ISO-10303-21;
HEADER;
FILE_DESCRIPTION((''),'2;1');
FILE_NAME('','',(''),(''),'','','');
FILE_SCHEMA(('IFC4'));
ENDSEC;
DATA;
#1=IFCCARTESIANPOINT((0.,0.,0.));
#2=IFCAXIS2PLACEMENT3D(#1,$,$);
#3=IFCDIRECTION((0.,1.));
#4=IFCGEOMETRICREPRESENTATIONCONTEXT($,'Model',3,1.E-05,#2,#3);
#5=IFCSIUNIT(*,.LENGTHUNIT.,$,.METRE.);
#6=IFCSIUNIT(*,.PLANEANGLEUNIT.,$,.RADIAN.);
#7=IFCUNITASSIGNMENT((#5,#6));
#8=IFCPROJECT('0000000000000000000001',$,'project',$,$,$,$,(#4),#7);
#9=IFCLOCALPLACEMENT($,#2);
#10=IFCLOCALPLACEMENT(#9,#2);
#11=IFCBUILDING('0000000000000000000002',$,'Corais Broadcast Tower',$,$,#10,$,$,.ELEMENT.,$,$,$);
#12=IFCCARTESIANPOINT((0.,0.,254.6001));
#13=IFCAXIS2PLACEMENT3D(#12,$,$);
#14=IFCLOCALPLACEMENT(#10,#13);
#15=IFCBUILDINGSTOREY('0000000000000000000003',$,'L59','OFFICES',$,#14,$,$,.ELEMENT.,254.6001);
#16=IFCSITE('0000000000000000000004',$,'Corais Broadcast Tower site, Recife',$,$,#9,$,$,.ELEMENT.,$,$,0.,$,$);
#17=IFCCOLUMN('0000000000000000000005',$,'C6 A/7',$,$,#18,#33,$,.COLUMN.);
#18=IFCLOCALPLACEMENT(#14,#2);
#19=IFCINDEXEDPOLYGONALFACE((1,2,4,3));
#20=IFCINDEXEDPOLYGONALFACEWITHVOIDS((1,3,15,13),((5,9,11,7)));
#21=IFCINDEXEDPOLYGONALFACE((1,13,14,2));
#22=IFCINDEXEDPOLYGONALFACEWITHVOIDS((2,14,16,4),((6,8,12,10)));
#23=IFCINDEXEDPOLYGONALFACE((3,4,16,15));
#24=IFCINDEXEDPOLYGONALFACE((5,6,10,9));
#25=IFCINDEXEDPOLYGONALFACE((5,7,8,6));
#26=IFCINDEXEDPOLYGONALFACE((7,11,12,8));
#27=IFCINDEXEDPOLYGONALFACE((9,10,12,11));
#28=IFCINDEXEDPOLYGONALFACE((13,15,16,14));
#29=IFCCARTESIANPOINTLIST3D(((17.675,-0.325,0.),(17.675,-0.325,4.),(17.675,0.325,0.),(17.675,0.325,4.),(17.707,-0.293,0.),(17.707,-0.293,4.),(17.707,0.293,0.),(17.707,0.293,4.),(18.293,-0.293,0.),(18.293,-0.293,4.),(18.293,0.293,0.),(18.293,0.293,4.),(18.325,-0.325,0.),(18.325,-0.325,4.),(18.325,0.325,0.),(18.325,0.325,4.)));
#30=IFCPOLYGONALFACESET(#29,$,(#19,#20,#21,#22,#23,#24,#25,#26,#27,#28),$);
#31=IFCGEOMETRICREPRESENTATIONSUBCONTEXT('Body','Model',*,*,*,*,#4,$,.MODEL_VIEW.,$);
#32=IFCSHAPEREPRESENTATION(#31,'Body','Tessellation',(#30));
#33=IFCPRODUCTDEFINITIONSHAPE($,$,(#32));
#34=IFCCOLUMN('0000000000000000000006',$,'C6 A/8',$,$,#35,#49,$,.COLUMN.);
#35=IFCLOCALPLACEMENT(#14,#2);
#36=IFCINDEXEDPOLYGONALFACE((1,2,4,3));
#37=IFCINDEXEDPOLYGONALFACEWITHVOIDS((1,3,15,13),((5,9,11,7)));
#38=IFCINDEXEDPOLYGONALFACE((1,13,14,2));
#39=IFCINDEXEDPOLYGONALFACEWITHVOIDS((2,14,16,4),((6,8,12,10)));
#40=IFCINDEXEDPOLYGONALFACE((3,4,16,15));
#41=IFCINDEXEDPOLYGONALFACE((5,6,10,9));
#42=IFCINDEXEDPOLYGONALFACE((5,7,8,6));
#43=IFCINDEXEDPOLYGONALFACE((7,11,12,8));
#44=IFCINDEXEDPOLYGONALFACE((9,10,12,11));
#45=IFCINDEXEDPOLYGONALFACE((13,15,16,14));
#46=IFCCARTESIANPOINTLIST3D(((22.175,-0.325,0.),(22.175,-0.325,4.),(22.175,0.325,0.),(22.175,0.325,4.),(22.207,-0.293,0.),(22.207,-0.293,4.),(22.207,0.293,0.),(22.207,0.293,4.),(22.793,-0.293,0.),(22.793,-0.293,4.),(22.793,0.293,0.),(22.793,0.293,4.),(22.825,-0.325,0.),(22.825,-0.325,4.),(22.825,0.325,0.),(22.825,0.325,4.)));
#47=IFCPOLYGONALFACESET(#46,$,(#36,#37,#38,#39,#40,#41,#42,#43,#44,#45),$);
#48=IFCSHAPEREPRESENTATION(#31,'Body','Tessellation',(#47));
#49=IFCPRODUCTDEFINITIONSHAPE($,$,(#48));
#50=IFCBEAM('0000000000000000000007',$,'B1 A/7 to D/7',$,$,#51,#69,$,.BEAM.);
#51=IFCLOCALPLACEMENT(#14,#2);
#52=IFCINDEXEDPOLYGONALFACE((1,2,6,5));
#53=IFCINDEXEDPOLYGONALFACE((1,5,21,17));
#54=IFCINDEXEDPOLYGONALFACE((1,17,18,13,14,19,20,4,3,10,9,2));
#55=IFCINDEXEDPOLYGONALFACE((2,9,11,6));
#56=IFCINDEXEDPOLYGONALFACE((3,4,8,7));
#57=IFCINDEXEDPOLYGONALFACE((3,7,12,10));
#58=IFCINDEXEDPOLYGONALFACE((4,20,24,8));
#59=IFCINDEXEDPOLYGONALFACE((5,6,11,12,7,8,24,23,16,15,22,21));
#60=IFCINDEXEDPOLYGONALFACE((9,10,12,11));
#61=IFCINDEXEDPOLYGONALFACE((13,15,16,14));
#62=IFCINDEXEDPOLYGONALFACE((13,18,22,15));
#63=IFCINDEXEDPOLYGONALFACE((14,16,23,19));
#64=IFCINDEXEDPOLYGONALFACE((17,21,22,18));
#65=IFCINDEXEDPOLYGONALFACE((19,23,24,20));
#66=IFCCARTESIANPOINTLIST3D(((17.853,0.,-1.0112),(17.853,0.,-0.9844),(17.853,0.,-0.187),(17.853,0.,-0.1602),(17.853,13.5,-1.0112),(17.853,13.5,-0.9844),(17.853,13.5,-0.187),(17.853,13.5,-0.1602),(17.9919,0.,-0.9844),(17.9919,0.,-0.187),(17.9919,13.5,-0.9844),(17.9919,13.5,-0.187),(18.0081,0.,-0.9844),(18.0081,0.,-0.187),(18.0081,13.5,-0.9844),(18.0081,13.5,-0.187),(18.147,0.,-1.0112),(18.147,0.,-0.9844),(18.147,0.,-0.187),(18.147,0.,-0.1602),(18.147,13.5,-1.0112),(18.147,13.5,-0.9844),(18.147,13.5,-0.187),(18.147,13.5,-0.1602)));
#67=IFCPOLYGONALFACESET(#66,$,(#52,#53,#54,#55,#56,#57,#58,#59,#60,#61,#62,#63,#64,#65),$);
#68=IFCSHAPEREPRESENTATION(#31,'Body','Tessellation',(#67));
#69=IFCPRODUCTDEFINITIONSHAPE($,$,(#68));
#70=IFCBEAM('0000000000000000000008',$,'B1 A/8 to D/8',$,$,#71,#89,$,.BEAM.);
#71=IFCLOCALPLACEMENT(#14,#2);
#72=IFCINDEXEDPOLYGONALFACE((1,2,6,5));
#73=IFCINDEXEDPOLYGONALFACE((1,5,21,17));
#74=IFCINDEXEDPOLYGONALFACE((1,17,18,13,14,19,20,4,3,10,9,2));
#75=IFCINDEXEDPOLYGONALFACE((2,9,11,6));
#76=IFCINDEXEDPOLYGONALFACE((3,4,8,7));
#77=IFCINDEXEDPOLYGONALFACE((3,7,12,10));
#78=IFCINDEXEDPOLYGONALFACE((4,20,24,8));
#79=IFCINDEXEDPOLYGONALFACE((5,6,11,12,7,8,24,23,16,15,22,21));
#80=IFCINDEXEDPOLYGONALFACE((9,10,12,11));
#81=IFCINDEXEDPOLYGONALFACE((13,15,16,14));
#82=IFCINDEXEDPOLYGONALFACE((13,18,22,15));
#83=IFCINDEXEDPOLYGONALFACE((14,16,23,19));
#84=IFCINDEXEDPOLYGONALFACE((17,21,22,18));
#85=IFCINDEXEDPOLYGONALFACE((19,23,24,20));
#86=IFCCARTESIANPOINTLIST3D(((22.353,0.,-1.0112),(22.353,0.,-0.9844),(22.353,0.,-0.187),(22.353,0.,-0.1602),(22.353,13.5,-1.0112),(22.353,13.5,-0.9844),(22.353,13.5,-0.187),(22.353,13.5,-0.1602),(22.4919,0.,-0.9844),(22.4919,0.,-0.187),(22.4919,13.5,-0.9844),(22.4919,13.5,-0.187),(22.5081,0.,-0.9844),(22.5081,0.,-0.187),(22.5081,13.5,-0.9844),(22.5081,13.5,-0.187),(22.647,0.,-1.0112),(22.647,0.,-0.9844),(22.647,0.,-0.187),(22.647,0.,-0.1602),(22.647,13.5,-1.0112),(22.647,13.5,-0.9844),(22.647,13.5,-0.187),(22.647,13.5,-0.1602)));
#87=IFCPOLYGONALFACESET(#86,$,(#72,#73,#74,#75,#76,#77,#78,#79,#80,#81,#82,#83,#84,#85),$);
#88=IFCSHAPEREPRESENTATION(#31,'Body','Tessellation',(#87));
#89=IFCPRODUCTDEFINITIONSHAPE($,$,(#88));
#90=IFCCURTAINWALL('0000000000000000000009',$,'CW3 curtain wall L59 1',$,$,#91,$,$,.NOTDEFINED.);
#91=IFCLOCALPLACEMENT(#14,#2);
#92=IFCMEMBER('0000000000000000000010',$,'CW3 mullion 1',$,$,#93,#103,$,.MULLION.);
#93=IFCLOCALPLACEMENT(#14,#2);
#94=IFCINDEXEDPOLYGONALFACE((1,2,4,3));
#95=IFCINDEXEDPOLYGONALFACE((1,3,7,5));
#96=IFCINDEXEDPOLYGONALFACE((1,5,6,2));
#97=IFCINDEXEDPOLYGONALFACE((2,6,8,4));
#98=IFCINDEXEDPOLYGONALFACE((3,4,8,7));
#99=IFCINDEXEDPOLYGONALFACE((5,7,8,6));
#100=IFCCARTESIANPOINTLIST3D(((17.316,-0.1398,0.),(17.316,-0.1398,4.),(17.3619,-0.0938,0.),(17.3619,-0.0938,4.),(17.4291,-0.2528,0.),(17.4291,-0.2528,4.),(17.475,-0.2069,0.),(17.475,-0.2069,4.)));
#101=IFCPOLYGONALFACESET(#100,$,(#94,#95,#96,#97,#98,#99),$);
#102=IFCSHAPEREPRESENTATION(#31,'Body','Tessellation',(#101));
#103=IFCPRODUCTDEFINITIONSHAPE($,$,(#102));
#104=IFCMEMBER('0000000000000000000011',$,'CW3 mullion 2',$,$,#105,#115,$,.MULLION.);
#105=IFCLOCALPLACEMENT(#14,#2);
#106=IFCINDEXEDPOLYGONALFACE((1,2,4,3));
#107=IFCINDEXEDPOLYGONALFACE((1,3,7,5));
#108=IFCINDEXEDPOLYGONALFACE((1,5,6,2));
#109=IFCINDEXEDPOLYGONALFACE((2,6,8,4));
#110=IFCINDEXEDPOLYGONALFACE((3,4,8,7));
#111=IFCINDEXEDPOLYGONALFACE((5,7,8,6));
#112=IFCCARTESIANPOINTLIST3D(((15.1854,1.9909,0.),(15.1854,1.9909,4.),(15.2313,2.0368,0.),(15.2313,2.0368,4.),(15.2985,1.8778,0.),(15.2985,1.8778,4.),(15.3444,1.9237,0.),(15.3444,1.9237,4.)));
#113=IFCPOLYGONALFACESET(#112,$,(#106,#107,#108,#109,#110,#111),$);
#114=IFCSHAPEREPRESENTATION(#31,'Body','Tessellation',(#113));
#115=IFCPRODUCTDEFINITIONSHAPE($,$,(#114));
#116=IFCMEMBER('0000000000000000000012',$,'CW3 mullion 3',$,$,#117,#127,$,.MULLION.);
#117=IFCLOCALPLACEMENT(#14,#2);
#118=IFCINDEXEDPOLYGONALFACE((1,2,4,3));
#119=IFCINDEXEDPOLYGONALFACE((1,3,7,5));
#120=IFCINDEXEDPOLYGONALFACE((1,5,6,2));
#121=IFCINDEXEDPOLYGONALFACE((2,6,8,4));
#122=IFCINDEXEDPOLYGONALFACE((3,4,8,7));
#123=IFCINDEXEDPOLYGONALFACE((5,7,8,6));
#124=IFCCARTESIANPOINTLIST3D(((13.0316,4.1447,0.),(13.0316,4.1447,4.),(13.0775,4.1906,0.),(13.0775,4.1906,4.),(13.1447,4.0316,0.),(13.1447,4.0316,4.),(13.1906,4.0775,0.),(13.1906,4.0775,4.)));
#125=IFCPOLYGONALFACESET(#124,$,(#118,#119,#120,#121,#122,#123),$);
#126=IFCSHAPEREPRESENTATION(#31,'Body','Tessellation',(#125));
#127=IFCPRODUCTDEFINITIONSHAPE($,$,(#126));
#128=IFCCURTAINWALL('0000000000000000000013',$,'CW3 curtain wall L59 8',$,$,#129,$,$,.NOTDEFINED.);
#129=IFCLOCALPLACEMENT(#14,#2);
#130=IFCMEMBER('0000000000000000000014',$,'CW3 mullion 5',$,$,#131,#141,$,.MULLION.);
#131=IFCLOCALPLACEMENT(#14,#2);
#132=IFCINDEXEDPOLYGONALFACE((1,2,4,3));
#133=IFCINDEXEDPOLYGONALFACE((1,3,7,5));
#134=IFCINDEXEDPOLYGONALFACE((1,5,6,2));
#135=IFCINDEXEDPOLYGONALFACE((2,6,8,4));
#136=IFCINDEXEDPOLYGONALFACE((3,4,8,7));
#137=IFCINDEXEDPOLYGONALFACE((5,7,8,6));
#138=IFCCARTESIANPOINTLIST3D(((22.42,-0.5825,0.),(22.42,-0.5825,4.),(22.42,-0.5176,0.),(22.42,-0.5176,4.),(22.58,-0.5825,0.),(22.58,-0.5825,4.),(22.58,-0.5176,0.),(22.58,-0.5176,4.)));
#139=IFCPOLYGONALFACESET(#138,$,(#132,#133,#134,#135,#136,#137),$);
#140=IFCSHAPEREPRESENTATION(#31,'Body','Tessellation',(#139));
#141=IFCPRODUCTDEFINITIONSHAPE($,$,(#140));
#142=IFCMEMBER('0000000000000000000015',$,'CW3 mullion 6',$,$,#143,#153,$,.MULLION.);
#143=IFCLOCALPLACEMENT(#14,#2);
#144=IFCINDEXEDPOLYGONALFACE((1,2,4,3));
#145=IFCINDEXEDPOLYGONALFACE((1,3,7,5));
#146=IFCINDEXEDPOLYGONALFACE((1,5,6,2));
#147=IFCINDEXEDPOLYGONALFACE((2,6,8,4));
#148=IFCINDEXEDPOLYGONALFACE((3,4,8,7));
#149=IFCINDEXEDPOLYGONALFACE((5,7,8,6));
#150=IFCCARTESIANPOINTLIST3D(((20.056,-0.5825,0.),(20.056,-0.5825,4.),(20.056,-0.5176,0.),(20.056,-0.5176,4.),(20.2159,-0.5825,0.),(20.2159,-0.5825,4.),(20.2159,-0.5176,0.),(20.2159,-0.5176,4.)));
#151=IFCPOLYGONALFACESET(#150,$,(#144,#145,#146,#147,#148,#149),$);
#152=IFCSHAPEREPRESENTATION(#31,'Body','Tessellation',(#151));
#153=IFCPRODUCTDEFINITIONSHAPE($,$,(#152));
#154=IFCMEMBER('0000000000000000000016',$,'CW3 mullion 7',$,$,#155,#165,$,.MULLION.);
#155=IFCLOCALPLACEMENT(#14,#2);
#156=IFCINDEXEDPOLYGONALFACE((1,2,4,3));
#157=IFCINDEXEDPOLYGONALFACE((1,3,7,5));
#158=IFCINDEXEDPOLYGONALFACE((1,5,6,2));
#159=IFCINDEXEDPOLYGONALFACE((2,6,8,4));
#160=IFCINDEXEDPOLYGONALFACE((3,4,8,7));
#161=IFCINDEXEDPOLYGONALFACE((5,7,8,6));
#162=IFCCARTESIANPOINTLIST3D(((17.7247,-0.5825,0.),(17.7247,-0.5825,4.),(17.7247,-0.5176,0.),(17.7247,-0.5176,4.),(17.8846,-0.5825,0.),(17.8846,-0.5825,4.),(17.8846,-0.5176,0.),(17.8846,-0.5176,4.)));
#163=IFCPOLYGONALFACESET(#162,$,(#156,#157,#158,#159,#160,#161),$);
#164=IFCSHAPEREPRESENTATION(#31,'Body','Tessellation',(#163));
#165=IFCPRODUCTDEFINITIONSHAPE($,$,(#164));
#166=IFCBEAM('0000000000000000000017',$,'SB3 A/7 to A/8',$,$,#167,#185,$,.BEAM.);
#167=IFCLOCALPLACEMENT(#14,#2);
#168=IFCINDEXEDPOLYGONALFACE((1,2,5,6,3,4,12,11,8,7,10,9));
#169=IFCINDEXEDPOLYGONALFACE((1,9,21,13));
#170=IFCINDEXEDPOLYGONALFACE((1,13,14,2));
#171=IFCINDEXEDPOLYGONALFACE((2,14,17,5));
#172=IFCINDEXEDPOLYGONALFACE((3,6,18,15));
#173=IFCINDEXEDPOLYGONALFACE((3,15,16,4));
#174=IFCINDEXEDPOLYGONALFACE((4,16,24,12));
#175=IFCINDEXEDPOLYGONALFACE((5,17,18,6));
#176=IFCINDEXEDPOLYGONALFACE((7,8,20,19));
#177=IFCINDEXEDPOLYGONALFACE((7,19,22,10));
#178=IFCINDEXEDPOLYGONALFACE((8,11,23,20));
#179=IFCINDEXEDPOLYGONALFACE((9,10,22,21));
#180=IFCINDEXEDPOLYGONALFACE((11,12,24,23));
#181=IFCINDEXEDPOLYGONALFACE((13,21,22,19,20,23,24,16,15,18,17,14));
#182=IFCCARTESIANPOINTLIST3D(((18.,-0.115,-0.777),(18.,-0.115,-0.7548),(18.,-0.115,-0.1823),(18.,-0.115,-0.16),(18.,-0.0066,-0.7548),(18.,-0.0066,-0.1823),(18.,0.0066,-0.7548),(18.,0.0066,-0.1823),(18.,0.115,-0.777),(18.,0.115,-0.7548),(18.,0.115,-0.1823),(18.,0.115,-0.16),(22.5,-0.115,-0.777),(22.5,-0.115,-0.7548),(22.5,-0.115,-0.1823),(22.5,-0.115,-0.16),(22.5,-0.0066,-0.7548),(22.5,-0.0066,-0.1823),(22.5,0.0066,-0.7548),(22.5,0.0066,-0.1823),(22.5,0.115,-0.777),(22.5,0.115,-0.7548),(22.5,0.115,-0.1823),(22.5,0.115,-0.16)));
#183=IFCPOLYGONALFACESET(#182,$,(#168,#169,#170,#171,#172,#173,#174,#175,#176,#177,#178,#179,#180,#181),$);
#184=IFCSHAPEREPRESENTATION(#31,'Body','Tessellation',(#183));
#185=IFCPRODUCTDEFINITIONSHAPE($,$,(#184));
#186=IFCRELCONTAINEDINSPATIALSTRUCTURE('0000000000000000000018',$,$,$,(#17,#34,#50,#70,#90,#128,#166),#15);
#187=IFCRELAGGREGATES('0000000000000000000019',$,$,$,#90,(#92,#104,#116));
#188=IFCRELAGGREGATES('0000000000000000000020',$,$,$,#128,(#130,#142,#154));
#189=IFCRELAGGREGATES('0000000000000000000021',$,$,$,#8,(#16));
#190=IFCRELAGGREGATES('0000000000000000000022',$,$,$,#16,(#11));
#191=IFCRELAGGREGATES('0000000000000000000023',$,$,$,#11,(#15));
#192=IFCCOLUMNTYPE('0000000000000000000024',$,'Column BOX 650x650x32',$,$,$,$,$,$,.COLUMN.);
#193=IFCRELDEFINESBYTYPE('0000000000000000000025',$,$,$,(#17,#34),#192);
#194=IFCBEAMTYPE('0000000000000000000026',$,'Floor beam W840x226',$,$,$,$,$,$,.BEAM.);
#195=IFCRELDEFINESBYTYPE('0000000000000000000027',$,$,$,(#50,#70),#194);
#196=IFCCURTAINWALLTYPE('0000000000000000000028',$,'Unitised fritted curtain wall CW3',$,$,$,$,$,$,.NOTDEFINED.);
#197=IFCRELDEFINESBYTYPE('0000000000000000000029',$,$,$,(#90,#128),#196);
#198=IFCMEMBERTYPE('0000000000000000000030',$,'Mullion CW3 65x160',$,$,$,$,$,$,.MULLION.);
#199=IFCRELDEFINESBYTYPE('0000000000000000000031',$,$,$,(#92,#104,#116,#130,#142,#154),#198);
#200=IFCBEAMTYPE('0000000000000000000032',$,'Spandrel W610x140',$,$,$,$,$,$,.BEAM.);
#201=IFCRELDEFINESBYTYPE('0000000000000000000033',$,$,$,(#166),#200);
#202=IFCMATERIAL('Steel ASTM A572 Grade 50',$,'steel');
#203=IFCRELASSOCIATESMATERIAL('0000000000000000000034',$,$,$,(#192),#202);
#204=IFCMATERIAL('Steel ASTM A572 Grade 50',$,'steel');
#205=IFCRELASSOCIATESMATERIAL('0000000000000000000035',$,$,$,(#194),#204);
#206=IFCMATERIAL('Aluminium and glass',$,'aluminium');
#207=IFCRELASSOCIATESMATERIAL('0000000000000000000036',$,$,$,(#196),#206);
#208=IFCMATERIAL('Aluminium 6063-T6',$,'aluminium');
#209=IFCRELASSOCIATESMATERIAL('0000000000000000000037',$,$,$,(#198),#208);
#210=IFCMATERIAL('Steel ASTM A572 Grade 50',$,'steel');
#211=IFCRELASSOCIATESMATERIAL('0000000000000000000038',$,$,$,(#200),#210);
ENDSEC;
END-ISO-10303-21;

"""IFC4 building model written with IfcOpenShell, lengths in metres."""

from ifc_helpers import new_model, si_unit, direction, frame, origin, origin_2d, place, context, subcontext, project, spatial, rectangle, hollow_rectangle, i_section, extrude, material, material_profile, profile_set, type_object, element, aggregate, save


model = new_model("IFC4")

# Units and contexts
model_context = context("Model", 3, precision=1e-05, world=origin(), true_north=direction((0.0, 1.0)))
body_context = subcontext(model_context, "Body", "Model", "MODEL_VIEW")
ifc_project = project(units=[si_unit("LENGTHUNIT", "METRE"), si_unit("PLANEANGLEUNIT", "RADIAN")], contexts=[model_context])

# Site, building, storey
site_placement = place(None, origin())
site = spatial("IfcSite", under=ifc_project, at=site_placement, Name="Corais Broadcast Tower site, Recife", CompositionType="ELEMENT", RefElevation=0.0)
building_placement = place(site_placement, origin())
building = spatial("IfcBuilding", under=site, at=building_placement, Name="Corais Broadcast Tower", CompositionType="ELEMENT")
storey_placement = place(building_placement, frame((0.0, 0.0, 254.6001)))
storey = spatial("IfcBuildingStorey", under=building, at=storey_placement, Name="L59", Description="OFFICES", CompositionType="ELEMENT", Elevation=254.6001)

# Columns
ifc_material_1 = material(Name="Steel ASTM A572 Grade 50", Category="steel")
ifc_material_profile_1 = material_profile(ifc_material_1, hollow_rectangle(XDim=0.6499, YDim=0.6499, WallThickness=0.032, at=origin_2d()), Name="BOX 650x650x32")
ifc_profile_set_1 = profile_set([ifc_material_profile_1], Name="Steel ASTM A572 Grade 50")
column_type = type_object("IfcColumnType", Name="Column BOX 650x650x32", PredefinedType="COLUMN", material=ifc_profile_set_1)
for number, where, z_axis, x_axis, name in (
    (1, (18.0, 0.0, 0.0), (0.0, 0.0, 1.0), (1.0, 0.0, 0.0), "C6 A/7"),
    (2, (22.5, 0.0, 0.0), (0.0, 0.0, 1.0), (1.0, 0.0, 0.0), "C6 A/8"),
):
    element("IfcColumn", number, at=place(storey_placement, frame(where, z_axis=z_axis, x_axis=x_axis)), inside=storey, type_object=column_type, Name=name, PredefinedType="COLUMN", context=body_context, shape_type="SweptSolid", body=[
        extrude(hollow_rectangle(XDim=0.6499, YDim=0.6499, WallThickness=0.032, at=origin_2d()), origin(), (0.0, 0.0, 1.0), 4.0),
    ])

# Beams
ifc_material_2 = material(Name="Steel ASTM A572 Grade 50", Category="steel")
ifc_material_profile_2 = material_profile(ifc_material_2, i_section(OverallWidth=0.2939, OverallDepth=0.8511, WebThickness=0.0161, FlangeThickness=0.0269, at=origin_2d()), Name="W840x226")
ifc_profile_set_2 = profile_set([ifc_material_profile_2], Name="Steel ASTM A572 Grade 50")
beam_type_1 = type_object("IfcBeamType", Name="Floor beam W840x226", PredefinedType="BEAM", material=ifc_profile_set_2)
for number, where, z_axis, x_axis, name in (
    (3, (18.0, 0.0, -0.5857), (0.0, 1.0, 0.0), (-1.0, 0.0, 0.0), "B1 A/7 to D/7"),
    (4, (22.5, 0.0, -0.5857), (0.0, 1.0, 0.0), (-1.0, 0.0, 0.0), "B1 A/8 to D/8"),
):
    element("IfcBeam", number, at=place(storey_placement, frame(where, z_axis=z_axis, x_axis=x_axis)), inside=storey, type_object=beam_type_1, Name=name, PredefinedType="BEAM", context=body_context, shape_type="SweptSolid", body=[
        extrude(i_section(OverallWidth=0.2939, OverallDepth=0.8511, WebThickness=0.0161, FlangeThickness=0.0269, at=origin_2d()), origin(), (0.0, 0.0, 1.0), 13.5),
    ])

# Curtain walls, members
ifc_material_3 = material(Name="Aluminium and glass", Category="aluminium")
curtain_wall_type = type_object("IfcCurtainWallType", Name="Unitised fritted curtain wall CW3", PredefinedType="NOTDEFINED", material=ifc_material_3)
curtain_wall_1_placement = place(storey_placement, origin())
curtain_wall_1 = element("IfcCurtainWall", 5, at=curtain_wall_1_placement, inside=storey, type_object=curtain_wall_type, Name="CW3 curtain wall L59 1", PredefinedType="NOTDEFINED")
ifc_material_4 = material(Name="Aluminium 6063-T6", Category="aluminium")
ifc_material_profile_3 = material_profile(ifc_material_4, rectangle(XDim=0.0649, YDim=0.1599, at=origin_2d()), Name="Mullion CW3 65x160")
ifc_profile_set_3 = profile_set([ifc_material_profile_3], Name="Aluminium 6063-T6")
member_type_1 = type_object("IfcMemberType", Name="Mullion CW3 65x160", PredefinedType="MULLION", material=ifc_profile_set_3)
member_1_placement = place(storey_placement, frame((17.3955, -0.1733, 0.0), z_axis=(0.0, 0.0, 1.0), x_axis=(-0.707107, -0.707107, 0.0)))
member_1 = element("IfcMember", 6, at=member_1_placement, type_object=member_type_1, Name="CW3 mullion 1", PredefinedType="MULLION", context=body_context, shape_type="SweptSolid", body=[
    extrude(rectangle(XDim=0.0649, YDim=0.1599, at=origin_2d()), origin(), (0.0, 0.0, 1.0), 4.0),
])
member_2_placement = place(storey_placement, frame((15.2649, 1.9573, 0.0), z_axis=(0.0, 0.0, 1.0), x_axis=(-0.707107, -0.707107, 0.0)))
member_2 = element("IfcMember", 7, at=member_2_placement, type_object=member_type_1, Name="CW3 mullion 2", PredefinedType="MULLION", context=body_context, shape_type="SweptSolid", body=[
    extrude(rectangle(XDim=0.0649, YDim=0.1599, at=origin_2d()), origin(), (0.0, 0.0, 1.0), 4.0),
])
member_3_placement = place(storey_placement, frame((13.1111, 4.1111, 0.0), z_axis=(0.0, 0.0, 1.0), x_axis=(-0.707107, -0.707107, 0.0)))
member_3 = element("IfcMember", 8, at=member_3_placement, type_object=member_type_1, Name="CW3 mullion 3", PredefinedType="MULLION", context=body_context, shape_type="SweptSolid", body=[
    extrude(rectangle(XDim=0.0649, YDim=0.1599, at=origin_2d()), origin(), (0.0, 0.0, 1.0), 4.0),
])
curtain_wall_2_placement = place(storey_placement, origin())
curtain_wall_2 = element("IfcCurtainWall", 9, at=curtain_wall_2_placement, inside=storey, type_object=curtain_wall_type, Name="CW3 curtain wall L59 8", PredefinedType="NOTDEFINED")
member_4_placement = place(storey_placement, frame((22.5, -0.55, 0.0), z_axis=(0.0, 0.0, 1.0), x_axis=(0.0, -1.0, 0.0)))
member_4 = element("IfcMember", 10, at=member_4_placement, type_object=member_type_1, Name="CW3 mullion 5", PredefinedType="MULLION", context=body_context, shape_type="SweptSolid", body=[
    extrude(rectangle(XDim=0.0649, YDim=0.1599, at=origin_2d()), origin(), (0.0, 0.0, 1.0), 4.0),
])
member_5_placement = place(storey_placement, frame((20.136, -0.55, 0.0), z_axis=(0.0, 0.0, 1.0), x_axis=(0.0, -1.0, 0.0)))
member_5 = element("IfcMember", 11, at=member_5_placement, type_object=member_type_1, Name="CW3 mullion 6", PredefinedType="MULLION", context=body_context, shape_type="SweptSolid", body=[
    extrude(rectangle(XDim=0.0649, YDim=0.1599, at=origin_2d()), origin(), (0.0, 0.0, 1.0), 4.0),
])
member_6_placement = place(storey_placement, frame((17.8047, -0.55, 0.0), z_axis=(0.0, 0.0, 1.0), x_axis=(0.0, -1.0, 0.0)))
member_6 = element("IfcMember", 12, at=member_6_placement, type_object=member_type_1, Name="CW3 mullion 7", PredefinedType="MULLION", context=body_context, shape_type="SweptSolid", body=[
    extrude(rectangle(XDim=0.0649, YDim=0.1599, at=origin_2d()), origin(), (0.0, 0.0, 1.0), 4.0),
])

# Beam
ifc_material_5 = material(Name="Steel ASTM A572 Grade 50", Category="steel")
ifc_material_profile_4 = material_profile(ifc_material_5, i_section(OverallWidth=0.23, OverallDepth=0.6169, WebThickness=0.0132, FlangeThickness=0.0222, at=origin_2d()), Name="W610x140")
ifc_profile_set_4 = profile_set([ifc_material_profile_4], Name="Steel ASTM A572 Grade 50")
beam_type_2 = type_object("IfcBeamType", Name="Spandrel W610x140", PredefinedType="BEAM", material=ifc_profile_set_4)
for number, where, z_axis, x_axis, name in (
    (13, (18.0, 0.0, -0.4685), (1.0, 0.0, 0.0), (0.0, 1.0, 0.0), "SB3 A/7 to A/8"),
):
    element("IfcBeam", number, at=place(storey_placement, frame(where, z_axis=z_axis, x_axis=x_axis)), inside=storey, type_object=beam_type_2, Name=name, PredefinedType="BEAM", context=body_context, shape_type="SweptSolid", body=[
        extrude(i_section(OverallWidth=0.23, OverallDepth=0.6169, WebThickness=0.0132, FlangeThickness=0.0222, at=origin_2d()), origin(), (0.0, 0.0, 1.0), 4.5),
    ])

aggregate(curtain_wall_1, [member_1, member_2, member_3])
aggregate(curtain_wall_2, [member_4, member_5, member_6])

save(model, "model.ifc")
